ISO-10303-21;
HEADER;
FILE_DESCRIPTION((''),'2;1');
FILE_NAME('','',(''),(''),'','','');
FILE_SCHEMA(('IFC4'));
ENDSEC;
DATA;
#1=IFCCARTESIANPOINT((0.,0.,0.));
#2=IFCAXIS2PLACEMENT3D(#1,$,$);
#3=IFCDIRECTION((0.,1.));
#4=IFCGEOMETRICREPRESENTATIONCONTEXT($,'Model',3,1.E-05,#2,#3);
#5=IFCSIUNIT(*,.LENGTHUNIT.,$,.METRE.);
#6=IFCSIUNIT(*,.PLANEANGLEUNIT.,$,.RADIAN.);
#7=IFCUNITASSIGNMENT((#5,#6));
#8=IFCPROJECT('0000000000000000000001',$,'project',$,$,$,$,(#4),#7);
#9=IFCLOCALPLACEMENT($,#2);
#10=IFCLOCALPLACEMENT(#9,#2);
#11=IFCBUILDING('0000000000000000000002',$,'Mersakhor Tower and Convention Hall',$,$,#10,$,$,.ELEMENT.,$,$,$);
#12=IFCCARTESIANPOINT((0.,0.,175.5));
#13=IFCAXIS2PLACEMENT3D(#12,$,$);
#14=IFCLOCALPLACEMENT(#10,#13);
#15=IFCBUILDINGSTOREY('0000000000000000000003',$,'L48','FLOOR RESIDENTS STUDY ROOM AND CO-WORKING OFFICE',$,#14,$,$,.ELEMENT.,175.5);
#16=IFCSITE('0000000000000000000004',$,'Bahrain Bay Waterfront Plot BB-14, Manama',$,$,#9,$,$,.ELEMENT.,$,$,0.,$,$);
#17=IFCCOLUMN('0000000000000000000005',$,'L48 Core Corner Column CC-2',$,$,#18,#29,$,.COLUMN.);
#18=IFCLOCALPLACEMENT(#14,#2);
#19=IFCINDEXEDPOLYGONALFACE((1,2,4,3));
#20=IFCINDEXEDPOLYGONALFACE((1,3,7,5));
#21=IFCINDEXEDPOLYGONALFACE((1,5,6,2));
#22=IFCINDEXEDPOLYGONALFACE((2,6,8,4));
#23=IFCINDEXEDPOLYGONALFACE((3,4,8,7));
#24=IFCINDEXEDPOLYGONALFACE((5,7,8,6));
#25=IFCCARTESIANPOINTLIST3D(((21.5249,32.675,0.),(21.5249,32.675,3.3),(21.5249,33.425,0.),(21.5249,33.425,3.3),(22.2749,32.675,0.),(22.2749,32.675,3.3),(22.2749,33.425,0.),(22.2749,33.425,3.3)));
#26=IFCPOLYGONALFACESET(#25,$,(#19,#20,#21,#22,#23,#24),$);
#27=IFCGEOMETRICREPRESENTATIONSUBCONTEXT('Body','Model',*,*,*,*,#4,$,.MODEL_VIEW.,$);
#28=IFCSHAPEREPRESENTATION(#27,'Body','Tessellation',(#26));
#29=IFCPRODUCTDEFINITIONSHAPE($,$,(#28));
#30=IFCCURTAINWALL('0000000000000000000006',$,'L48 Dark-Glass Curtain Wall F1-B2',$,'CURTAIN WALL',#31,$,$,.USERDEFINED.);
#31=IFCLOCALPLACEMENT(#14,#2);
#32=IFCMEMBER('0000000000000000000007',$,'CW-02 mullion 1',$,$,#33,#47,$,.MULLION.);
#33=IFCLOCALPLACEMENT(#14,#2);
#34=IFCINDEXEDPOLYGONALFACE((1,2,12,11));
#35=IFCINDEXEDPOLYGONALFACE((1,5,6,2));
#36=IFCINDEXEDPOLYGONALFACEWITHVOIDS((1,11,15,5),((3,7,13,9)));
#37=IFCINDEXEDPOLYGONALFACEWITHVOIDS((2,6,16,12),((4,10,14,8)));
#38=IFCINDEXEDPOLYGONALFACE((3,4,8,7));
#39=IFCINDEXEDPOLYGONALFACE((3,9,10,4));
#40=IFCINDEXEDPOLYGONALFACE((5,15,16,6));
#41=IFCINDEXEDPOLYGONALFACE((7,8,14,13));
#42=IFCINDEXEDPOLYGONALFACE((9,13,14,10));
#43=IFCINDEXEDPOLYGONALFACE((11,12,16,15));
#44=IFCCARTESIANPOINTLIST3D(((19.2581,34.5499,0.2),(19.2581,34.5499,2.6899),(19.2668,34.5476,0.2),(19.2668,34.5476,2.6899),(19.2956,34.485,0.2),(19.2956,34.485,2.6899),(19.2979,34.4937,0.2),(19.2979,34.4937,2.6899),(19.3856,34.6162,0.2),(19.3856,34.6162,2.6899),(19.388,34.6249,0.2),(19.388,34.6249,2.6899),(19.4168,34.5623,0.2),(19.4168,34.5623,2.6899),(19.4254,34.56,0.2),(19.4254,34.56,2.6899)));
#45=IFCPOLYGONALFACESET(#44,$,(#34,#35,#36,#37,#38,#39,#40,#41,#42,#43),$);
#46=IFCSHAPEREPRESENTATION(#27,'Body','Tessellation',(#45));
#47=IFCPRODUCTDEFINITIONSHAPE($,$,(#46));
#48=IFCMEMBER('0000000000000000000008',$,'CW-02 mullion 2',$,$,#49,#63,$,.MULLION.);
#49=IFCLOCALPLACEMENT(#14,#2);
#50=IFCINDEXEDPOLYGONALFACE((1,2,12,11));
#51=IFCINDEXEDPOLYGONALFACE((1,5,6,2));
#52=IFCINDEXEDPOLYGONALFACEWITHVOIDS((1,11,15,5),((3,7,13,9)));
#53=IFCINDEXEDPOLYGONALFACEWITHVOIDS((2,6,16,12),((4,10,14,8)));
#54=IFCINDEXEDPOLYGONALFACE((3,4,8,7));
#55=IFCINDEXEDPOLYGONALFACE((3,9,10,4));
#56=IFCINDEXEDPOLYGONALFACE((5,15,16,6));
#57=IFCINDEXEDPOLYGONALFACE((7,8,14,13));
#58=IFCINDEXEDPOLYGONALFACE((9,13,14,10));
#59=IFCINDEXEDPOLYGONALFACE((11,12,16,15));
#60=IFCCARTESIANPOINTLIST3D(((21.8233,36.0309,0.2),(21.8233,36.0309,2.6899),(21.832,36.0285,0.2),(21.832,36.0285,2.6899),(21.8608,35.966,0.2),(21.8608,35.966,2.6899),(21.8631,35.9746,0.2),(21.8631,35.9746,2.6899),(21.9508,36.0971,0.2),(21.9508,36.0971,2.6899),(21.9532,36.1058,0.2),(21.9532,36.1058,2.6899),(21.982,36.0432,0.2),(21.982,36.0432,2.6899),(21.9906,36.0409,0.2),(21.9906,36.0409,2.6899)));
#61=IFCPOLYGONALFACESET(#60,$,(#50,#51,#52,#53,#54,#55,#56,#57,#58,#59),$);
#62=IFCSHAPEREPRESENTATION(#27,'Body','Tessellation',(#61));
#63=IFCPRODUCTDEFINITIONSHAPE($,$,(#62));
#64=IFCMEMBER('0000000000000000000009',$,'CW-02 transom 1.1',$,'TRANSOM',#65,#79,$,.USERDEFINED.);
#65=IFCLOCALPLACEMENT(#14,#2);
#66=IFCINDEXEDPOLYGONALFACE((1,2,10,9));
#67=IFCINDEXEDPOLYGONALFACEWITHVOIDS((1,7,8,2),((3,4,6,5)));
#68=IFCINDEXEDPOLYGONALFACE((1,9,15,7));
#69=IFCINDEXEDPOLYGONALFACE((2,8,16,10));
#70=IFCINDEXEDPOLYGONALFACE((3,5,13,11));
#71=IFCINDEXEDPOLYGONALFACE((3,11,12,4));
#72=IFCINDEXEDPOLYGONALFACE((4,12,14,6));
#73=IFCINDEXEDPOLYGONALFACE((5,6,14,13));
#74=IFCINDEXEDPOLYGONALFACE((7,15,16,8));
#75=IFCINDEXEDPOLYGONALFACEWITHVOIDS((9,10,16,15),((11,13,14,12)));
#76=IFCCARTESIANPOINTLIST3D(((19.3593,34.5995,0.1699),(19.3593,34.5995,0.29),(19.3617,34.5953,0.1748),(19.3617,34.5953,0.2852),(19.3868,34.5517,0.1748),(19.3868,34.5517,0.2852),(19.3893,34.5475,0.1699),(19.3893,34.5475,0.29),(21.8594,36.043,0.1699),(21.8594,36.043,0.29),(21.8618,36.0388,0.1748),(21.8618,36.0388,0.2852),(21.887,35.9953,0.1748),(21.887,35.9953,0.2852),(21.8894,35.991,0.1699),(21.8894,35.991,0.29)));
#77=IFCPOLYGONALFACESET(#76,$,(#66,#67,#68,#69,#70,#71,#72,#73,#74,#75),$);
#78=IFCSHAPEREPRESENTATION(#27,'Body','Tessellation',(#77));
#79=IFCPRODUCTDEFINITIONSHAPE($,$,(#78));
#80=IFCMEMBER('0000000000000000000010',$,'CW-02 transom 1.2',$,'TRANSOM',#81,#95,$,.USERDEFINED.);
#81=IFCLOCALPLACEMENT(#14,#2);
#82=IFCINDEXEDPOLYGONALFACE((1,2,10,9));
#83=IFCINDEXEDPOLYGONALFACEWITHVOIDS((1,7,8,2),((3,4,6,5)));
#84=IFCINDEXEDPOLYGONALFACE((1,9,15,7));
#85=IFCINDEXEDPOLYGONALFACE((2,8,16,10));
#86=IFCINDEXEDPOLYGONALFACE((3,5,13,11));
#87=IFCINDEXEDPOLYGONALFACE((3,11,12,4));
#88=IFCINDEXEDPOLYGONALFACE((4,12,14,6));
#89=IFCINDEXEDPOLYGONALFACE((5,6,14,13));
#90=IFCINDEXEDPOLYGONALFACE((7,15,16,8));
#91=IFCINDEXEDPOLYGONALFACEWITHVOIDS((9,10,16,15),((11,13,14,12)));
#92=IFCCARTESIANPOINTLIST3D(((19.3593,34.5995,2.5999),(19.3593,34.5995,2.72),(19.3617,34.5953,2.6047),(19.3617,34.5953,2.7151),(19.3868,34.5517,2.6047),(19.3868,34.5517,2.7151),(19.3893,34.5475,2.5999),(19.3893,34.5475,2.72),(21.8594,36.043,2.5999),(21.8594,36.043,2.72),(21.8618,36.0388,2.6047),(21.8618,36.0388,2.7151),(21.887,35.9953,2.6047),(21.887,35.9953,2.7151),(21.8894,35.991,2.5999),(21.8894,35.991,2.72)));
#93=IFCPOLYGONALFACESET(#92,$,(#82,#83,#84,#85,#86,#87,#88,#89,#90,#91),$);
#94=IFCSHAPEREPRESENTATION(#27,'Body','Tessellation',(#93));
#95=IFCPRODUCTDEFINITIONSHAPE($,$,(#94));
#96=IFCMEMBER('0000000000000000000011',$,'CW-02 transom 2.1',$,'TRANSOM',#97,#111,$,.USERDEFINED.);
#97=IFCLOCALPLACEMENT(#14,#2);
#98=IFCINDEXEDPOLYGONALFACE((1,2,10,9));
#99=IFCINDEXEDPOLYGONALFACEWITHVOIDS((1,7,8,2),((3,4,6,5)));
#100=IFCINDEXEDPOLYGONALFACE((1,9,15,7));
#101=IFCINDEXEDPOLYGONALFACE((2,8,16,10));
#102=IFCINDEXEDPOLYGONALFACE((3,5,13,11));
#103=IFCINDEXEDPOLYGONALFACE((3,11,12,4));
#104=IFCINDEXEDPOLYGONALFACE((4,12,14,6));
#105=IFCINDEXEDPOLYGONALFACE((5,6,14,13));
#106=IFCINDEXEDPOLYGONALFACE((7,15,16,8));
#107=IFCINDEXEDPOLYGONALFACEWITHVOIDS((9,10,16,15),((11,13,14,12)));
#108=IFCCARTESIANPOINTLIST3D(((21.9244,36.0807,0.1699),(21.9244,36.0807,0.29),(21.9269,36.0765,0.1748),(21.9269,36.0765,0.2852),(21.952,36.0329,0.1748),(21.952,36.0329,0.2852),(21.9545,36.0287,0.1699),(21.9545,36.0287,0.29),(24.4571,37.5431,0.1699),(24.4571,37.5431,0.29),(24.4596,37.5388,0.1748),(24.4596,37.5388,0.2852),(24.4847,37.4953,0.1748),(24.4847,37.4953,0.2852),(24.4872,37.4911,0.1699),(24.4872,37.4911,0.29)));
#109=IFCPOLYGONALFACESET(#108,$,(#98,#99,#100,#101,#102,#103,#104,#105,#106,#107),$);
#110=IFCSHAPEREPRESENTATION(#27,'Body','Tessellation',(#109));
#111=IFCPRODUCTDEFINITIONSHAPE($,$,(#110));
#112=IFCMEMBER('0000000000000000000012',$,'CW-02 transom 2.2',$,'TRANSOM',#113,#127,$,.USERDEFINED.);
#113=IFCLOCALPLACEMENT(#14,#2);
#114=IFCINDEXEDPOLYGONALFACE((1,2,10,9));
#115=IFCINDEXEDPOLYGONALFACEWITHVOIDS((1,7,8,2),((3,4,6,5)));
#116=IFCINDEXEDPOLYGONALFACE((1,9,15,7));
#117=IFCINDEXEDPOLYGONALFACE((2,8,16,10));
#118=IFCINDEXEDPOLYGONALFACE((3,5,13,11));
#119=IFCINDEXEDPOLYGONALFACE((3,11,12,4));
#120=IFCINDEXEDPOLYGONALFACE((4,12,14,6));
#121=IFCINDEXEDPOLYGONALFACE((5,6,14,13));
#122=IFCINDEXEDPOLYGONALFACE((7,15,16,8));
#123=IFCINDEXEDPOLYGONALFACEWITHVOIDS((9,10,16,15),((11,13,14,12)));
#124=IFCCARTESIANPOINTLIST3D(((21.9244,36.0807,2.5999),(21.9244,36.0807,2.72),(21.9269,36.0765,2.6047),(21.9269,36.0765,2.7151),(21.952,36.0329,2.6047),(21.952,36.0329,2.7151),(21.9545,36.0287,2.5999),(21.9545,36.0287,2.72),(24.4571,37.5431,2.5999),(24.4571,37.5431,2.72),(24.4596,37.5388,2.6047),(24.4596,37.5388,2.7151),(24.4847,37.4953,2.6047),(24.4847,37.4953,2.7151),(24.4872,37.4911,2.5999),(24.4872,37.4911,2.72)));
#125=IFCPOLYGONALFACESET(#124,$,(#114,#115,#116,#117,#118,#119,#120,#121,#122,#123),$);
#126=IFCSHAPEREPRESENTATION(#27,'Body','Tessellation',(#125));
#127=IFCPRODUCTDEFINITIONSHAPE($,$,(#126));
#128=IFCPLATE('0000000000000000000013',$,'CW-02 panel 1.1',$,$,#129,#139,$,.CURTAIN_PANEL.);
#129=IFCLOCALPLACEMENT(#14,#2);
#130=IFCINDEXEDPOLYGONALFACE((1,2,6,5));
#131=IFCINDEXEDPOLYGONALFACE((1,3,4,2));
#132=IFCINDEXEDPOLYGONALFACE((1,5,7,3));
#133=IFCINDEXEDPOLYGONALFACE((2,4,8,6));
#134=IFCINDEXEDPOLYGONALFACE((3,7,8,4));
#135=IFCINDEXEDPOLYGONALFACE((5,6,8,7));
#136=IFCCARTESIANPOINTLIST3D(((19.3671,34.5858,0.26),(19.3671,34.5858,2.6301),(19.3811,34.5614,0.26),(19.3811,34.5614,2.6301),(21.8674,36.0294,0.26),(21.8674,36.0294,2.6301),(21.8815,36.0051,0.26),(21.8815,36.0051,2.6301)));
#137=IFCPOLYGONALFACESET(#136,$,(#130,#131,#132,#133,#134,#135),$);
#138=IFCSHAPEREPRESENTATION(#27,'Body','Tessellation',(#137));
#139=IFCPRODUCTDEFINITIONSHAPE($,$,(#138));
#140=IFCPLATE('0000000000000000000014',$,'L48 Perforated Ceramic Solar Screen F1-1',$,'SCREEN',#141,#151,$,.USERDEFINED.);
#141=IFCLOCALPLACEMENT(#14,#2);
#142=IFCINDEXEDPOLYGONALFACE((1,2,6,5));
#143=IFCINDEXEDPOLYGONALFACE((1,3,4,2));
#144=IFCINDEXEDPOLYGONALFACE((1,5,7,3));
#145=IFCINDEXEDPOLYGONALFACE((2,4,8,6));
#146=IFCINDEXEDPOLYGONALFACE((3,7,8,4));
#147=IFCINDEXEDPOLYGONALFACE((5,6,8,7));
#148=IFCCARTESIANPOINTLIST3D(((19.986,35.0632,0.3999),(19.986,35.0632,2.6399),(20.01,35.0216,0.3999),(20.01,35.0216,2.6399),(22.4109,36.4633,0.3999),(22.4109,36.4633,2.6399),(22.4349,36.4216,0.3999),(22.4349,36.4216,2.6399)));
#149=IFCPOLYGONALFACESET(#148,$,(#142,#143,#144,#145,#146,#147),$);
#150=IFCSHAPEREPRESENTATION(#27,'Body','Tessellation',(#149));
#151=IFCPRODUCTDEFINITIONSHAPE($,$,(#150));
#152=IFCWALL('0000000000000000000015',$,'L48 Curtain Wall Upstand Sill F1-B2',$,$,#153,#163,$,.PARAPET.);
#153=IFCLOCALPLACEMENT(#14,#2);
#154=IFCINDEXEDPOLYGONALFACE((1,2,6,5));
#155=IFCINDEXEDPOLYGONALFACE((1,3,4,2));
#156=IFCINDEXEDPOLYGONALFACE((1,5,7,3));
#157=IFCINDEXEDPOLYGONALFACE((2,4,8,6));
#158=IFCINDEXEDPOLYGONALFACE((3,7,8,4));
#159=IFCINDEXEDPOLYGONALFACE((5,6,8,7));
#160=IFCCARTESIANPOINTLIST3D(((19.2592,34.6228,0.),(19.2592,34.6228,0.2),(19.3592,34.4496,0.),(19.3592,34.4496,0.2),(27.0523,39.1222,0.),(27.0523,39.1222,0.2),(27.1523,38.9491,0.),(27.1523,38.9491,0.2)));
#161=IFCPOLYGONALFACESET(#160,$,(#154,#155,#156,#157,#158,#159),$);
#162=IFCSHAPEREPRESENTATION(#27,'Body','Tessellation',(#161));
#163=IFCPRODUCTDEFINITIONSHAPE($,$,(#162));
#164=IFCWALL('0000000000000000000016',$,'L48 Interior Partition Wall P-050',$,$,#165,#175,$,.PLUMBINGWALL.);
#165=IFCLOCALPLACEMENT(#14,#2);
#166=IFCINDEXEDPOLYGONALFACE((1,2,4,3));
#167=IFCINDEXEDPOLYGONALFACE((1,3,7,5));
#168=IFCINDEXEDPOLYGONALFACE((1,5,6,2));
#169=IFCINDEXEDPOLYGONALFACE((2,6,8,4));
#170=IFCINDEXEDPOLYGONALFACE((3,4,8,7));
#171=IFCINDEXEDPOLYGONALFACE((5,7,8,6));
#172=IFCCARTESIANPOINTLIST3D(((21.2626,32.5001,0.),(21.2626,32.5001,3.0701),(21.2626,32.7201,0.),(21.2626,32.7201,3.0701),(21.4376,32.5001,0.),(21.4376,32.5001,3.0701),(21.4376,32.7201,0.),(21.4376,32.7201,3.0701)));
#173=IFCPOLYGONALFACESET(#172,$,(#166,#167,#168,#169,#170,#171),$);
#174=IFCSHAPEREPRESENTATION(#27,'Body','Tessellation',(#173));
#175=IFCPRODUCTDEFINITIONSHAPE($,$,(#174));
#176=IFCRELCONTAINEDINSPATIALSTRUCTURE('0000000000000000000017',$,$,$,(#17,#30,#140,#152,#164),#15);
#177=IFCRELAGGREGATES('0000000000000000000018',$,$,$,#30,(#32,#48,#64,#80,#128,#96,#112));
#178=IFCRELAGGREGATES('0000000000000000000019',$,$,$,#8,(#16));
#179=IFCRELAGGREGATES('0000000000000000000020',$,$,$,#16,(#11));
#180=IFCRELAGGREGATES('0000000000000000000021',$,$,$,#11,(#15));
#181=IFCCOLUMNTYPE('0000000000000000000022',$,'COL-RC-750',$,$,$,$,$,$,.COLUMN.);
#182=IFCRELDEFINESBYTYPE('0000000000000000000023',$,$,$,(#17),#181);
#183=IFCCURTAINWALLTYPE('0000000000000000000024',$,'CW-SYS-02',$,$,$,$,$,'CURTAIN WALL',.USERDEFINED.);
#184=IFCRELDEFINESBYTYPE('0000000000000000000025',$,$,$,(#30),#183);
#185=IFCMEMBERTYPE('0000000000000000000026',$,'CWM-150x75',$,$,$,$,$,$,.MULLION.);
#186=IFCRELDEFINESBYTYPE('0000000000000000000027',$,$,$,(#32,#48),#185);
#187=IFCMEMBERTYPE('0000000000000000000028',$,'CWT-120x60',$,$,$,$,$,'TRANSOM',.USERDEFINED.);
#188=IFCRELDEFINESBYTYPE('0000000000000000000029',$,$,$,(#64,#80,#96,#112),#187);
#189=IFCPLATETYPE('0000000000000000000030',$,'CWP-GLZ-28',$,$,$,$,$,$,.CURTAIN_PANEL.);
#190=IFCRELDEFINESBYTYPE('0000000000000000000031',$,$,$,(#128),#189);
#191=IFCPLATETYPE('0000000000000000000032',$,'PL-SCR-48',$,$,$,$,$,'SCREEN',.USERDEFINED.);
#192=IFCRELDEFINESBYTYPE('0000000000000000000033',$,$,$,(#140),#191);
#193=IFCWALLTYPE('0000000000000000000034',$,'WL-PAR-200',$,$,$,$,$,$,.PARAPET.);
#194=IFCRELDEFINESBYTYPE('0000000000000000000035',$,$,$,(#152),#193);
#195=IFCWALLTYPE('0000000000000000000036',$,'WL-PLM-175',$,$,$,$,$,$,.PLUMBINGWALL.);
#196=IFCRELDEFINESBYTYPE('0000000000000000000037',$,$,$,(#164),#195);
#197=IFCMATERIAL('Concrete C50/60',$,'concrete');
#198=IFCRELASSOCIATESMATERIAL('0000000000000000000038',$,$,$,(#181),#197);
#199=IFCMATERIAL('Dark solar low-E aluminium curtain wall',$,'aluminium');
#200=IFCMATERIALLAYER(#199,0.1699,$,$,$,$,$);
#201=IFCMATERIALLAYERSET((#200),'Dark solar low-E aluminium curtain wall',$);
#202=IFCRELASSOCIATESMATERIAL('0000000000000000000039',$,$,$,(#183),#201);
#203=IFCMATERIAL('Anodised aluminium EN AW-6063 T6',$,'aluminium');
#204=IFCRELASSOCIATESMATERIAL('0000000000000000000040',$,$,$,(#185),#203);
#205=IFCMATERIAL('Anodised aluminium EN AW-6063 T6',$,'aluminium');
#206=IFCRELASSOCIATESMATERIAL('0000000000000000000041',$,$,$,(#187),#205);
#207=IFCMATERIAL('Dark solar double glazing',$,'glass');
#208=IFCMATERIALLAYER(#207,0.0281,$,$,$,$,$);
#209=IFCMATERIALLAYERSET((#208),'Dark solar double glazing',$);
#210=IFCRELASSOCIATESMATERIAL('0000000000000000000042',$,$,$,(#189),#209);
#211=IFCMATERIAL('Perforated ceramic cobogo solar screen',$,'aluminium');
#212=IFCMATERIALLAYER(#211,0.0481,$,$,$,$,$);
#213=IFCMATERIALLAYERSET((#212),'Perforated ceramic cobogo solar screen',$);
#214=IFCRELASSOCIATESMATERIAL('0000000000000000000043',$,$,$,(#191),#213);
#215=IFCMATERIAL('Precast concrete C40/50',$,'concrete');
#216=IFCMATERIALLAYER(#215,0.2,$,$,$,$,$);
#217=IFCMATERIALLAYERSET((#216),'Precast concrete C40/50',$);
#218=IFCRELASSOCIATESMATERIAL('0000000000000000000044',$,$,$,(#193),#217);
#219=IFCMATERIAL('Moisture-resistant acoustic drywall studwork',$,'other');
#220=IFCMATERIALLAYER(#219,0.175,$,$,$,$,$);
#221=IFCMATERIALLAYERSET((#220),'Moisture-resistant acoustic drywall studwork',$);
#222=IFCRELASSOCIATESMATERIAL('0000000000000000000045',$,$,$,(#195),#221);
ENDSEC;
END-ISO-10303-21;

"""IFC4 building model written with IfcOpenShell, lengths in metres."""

from ifc_helpers import new_model, si_unit, direction, frame, frame_2d, origin, origin_2d, place, context, subcontext, project, spatial, rectangle, hollow_rectangle, extrude, material, layer, layer_set, material_profile, profile_set, type_object, element, aggregate, save


model = new_model("IFC4")

# Units and contexts
model_context = context("Model", 3, precision=1e-05, world=origin(), true_north=direction((0.0, 1.0)))
body_context = subcontext(model_context, "Body", "Model", "MODEL_VIEW")
ifc_project = project(units=[si_unit("LENGTHUNIT", "METRE"), si_unit("PLANEANGLEUNIT", "RADIAN")], contexts=[model_context])

# Site, building, storey
site_placement = place(None, origin())
site = spatial("IfcSite", under=ifc_project, at=site_placement, Name="Bahrain Bay Waterfront Plot BB-14, Manama", CompositionType="ELEMENT", RefElevation=0.0)
building_placement = place(site_placement, origin())
building = spatial("IfcBuilding", under=site, at=building_placement, Name="Mersakhor Tower and Convention Hall", CompositionType="ELEMENT")
storey_placement = place(building_placement, frame((0.0, 0.0, 175.5)))
storey = spatial("IfcBuildingStorey", under=building, at=storey_placement, Name="L48", Description="FLOOR RESIDENTS STUDY ROOM AND CO-WORKING OFFICE", CompositionType="ELEMENT", Elevation=175.5)

# Column
ifc_material_1 = material(Name="Concrete C50/60", Category="concrete")
ifc_material_profile_1 = material_profile(ifc_material_1, rectangle(XDim=0.75, YDim=0.75, at=origin_2d()), Name="RC 750x750")
ifc_profile_set_1 = profile_set([ifc_material_profile_1], Name="Concrete C50/60")
column_type = type_object("IfcColumnType", Name="COL-RC-750", PredefinedType="COLUMN", material=ifc_profile_set_1)
column_placement = place(storey_placement, frame((21.8999, 33.05, 0.0), z_axis=(0.0, 0.0, 1.0), x_axis=(1.0, 0.0, 0.0)))
element("IfcColumn", 1, at=column_placement, inside=storey, type_object=column_type, Name="L48 Core Corner Column CC-2", PredefinedType="COLUMN", context=body_context, shape_type="SweptSolid", body=[
    extrude(rectangle(XDim=0.75, YDim=0.75, at=origin_2d()), origin(), (0.0, 0.0, 1.0), 3.3),
])

# Curtain wall, members, plate
ifc_material_2 = material(Name="Dark solar low-E aluminium curtain wall", Category="aluminium")
ifc_layer_1 = layer(ifc_material_2, 0.1699)
ifc_layer_set_1 = layer_set([ifc_layer_1], Name="Dark solar low-E aluminium curtain wall")
curtain_wall_type = type_object("IfcCurtainWallType", Name="CW-SYS-02", ElementType="CURTAIN WALL", PredefinedType="USERDEFINED", material=ifc_layer_set_1)
curtain_wall_placement = place(storey_placement, origin())
curtain_wall = element("IfcCurtainWall", 2, at=curtain_wall_placement, inside=storey, type_object=curtain_wall_type, Name="L48 Dark-Glass Curtain Wall F1-B2", ObjectType="CURTAIN WALL", PredefinedType="USERDEFINED")
ifc_material_3 = material(Name="Anodised aluminium EN AW-6063 T6", Category="aluminium")
ifc_material_profile_2 = material_profile(ifc_material_3, hollow_rectangle(XDim=0.075, YDim=0.1499, WallThickness=0.0063, at=origin_2d()), Name="RHS 150x75x6.3")
ifc_profile_set_2 = profile_set([ifc_material_profile_2], Name="Anodised aluminium EN AW-6063 T6")
member_type_1 = type_object("IfcMemberType", Name="CWM-150x75", PredefinedType="MULLION", material=ifc_profile_set_2)
member_1_placement = place(storey_placement, frame((19.3418, 34.5549, 0.2), z_axis=(0.0, 0.0, 1.0), x_axis=(-0.500008, 0.866021, 0.0)))
member_1 = element("IfcMember", 3, at=member_1_placement, type_object=member_type_1, Name="CW-02 mullion 1", PredefinedType="MULLION", context=body_context, shape_type="SweptSolid", body=[
    extrude(hollow_rectangle(XDim=0.075, YDim=0.1499, WallThickness=0.0063, at=origin_2d()), origin(), (0.0, 0.0, 1.0), 2.49),
])
member_2_placement = place(storey_placement, frame((21.907, 36.0359, 0.2), z_axis=(0.0, 0.0, 1.0), x_axis=(-0.500008, 0.866021, 0.0)))
member_2 = element("IfcMember", 4, at=member_2_placement, type_object=member_type_1, Name="CW-02 mullion 2", PredefinedType="MULLION", context=body_context, shape_type="SweptSolid", body=[
    extrude(hollow_rectangle(XDim=0.075, YDim=0.1499, WallThickness=0.0063, at=origin_2d()), origin(), (0.0, 0.0, 1.0), 2.49),
])
ifc_material_4 = material(Name="Anodised aluminium EN AW-6063 T6", Category="aluminium")
ifc_material_profile_3 = material_profile(ifc_material_4, hollow_rectangle(XDim=0.0601, YDim=0.1201, WallThickness=0.0049, at=origin_2d()), Name="RHS 120x60x5")
ifc_profile_set_3 = profile_set([ifc_material_profile_3], Name="Anodised aluminium EN AW-6063 T6")
member_type_2 = type_object("IfcMemberType", Name="CWT-120x60", ElementType="TRANSOM", PredefinedType="USERDEFINED", material=ifc_profile_set_3)
member_3_placement = place(storey_placement, frame((19.3743, 34.5735, 0.23), z_axis=(0.866012, 0.500023, 0.0), x_axis=(-0.500023, 0.866012, 0.0)))
member_3 = element("IfcMember", 5, at=member_3_placement, type_object=member_type_2, Name="CW-02 transom 1.1", ObjectType="TRANSOM", PredefinedType="USERDEFINED", context=body_context, shape_type="SweptSolid", body=[
    extrude(hollow_rectangle(XDim=0.0601, YDim=0.1201, WallThickness=0.0049, at=origin_2d()), origin(), (0.0, 0.0, 1.0), 2.887),
])
member_4_placement = place(storey_placement, frame((19.3743, 34.5735, 2.6599), z_axis=(0.866012, 0.500023, 0.0), x_axis=(-0.500023, 0.866012, 0.0)))
member_4 = element("IfcMember", 6, at=member_4_placement, type_object=member_type_2, Name="CW-02 transom 1.2", ObjectType="TRANSOM", PredefinedType="USERDEFINED", context=body_context, shape_type="SweptSolid", body=[
    extrude(hollow_rectangle(XDim=0.0601, YDim=0.1201, WallThickness=0.0049, at=origin_2d()), origin(), (0.0, 0.0, 1.0), 2.887),
])
member_5_placement = place(storey_placement, frame((21.9395, 36.0547, 0.23), z_axis=(0.866005, 0.500036, 0.0), x_axis=(-0.500036, 0.866005, 0.0)))
member_5 = element("IfcMember", 7, at=member_5_placement, type_object=member_type_2, Name="CW-02 transom 2.1", ObjectType="TRANSOM", PredefinedType="USERDEFINED", context=body_context, shape_type="SweptSolid", body=[
    extrude(hollow_rectangle(XDim=0.0601, YDim=0.1201, WallThickness=0.0049, at=origin_2d()), origin(), (0.0, 0.0, 1.0), 2.9246),
])
member_6_placement = place(storey_placement, frame((21.9395, 36.0547, 2.6599), z_axis=(0.866005, 0.500036, 0.0), x_axis=(-0.500036, 0.866005, 0.0)))
member_6 = element("IfcMember", 8, at=member_6_placement, type_object=member_type_2, Name="CW-02 transom 2.2", ObjectType="TRANSOM", PredefinedType="USERDEFINED", context=body_context, shape_type="SweptSolid", body=[
    extrude(hollow_rectangle(XDim=0.0601, YDim=0.1201, WallThickness=0.0049, at=origin_2d()), origin(), (0.0, 0.0, 1.0), 2.9246),
])
ifc_material_5 = material(Name="Dark solar double glazing", Category="glass")
ifc_layer_2 = layer(ifc_material_5, 0.0281)
ifc_layer_set_2 = layer_set([ifc_layer_2], Name="Dark solar double glazing")
plate_type_1 = type_object("IfcPlateType", Name="CWP-GLZ-28", PredefinedType="CURTAIN_PANEL", material=ifc_layer_set_2)
plate_1_placement = place(storey_placement, frame((20.6243, 35.2954, 0.26), z_axis=(0.0, 0.0, 1.0), x_axis=(0.866021, 0.500008, 0.0)))
plate_1 = element("IfcPlate", 9, at=plate_1_placement, type_object=plate_type_1, Name="CW-02 panel 1.1", PredefinedType="CURTAIN_PANEL", context=body_context, shape_type="SweptSolid", body=[
    extrude(rectangle(XDim=2.8872, YDim=0.0281, at=origin_2d()), origin(), (0.0, 0.0, 1.0), 2.3701),
])
aggregate(curtain_wall, [member_1, member_2, member_3, member_4, plate_1, member_5, member_6])

# Plate
ifc_material_6 = material(Name="Perforated ceramic cobogo solar screen", Category="aluminium")
ifc_layer_3 = layer(ifc_material_6, 0.0481)
ifc_layer_set_3 = layer_set([ifc_layer_3], Name="Perforated ceramic cobogo solar screen")
plate_type_2 = type_object("IfcPlateType", Name="PL-SCR-48", ElementType="SCREEN", PredefinedType="USERDEFINED", material=ifc_layer_set_3)
plate_2_placement = place(storey_placement, frame((21.2104, 35.7424, 0.3999), z_axis=(0.0, 0.0, 1.0), x_axis=(0.866025, 0.5, 0.0)))
element("IfcPlate", 10, at=plate_2_placement, inside=storey, type_object=plate_type_2, Name="L48 Perforated Ceramic Solar Screen F1-1", ObjectType="SCREEN", PredefinedType="USERDEFINED", context=body_context, shape_type="SweptSolid", body=[
    extrude(rectangle(XDim=2.8, YDim=0.0481, at=origin_2d()), origin(), (0.0, 0.0, 1.0), 2.24),
])

# Walls
ifc_material_7 = material(Name="Precast concrete C40/50", Category="concrete")
ifc_layer_4 = layer(ifc_material_7, 0.2)
ifc_layer_set_4 = layer_set([ifc_layer_4], Name="Precast concrete C40/50")
wall_type_1 = type_object("IfcWallType", Name="WL-PAR-200", PredefinedType="PARAPET", material=ifc_layer_set_4)
wall_1_placement = place(storey_placement, frame((19.3091, 34.5361, 0.0), z_axis=(0.0, 0.0, 1.0), x_axis=(0.866021, 0.500008, 0.0)))
element("IfcWall", 11, at=wall_1_placement, inside=storey, type_object=wall_type_1, Name="L48 Curtain Wall Upstand Sill F1-B2", PredefinedType="PARAPET", context=body_context, shape_type="SweptSolid", body=[
    extrude(rectangle(XDim=8.9988, YDim=0.2, at=frame_2d((4.4995, 0.0))), origin(), (0.0, 0.0, 1.0), 0.2),
])
ifc_material_8 = material(Name="Moisture-resistant acoustic drywall studwork", Category="other")
ifc_layer_5 = layer(ifc_material_8, 0.175)
ifc_layer_set_5 = layer_set([ifc_layer_5], Name="Moisture-resistant acoustic drywall studwork")
wall_type_2 = type_object("IfcWallType", Name="WL-PLM-175", PredefinedType="PLUMBINGWALL", material=ifc_layer_set_5)
wall_2_placement = place(storey_placement, frame((21.3501, 32.72, 0.0), z_axis=(0.0, 0.0, 1.0), x_axis=(0.0, -1.0, 0.0)))
element("IfcWall", 12, at=wall_2_placement, inside=storey, type_object=wall_type_2, Name="L48 Interior Partition Wall P-050", PredefinedType="PLUMBINGWALL", context=body_context, shape_type="SweptSolid", body=[
    extrude(rectangle(XDim=0.22, YDim=0.175, at=frame_2d((0.1099, 0.0))), origin(), (0.0, 0.0, 1.0), 3.0701),
])

save(model, "model.ifc")
